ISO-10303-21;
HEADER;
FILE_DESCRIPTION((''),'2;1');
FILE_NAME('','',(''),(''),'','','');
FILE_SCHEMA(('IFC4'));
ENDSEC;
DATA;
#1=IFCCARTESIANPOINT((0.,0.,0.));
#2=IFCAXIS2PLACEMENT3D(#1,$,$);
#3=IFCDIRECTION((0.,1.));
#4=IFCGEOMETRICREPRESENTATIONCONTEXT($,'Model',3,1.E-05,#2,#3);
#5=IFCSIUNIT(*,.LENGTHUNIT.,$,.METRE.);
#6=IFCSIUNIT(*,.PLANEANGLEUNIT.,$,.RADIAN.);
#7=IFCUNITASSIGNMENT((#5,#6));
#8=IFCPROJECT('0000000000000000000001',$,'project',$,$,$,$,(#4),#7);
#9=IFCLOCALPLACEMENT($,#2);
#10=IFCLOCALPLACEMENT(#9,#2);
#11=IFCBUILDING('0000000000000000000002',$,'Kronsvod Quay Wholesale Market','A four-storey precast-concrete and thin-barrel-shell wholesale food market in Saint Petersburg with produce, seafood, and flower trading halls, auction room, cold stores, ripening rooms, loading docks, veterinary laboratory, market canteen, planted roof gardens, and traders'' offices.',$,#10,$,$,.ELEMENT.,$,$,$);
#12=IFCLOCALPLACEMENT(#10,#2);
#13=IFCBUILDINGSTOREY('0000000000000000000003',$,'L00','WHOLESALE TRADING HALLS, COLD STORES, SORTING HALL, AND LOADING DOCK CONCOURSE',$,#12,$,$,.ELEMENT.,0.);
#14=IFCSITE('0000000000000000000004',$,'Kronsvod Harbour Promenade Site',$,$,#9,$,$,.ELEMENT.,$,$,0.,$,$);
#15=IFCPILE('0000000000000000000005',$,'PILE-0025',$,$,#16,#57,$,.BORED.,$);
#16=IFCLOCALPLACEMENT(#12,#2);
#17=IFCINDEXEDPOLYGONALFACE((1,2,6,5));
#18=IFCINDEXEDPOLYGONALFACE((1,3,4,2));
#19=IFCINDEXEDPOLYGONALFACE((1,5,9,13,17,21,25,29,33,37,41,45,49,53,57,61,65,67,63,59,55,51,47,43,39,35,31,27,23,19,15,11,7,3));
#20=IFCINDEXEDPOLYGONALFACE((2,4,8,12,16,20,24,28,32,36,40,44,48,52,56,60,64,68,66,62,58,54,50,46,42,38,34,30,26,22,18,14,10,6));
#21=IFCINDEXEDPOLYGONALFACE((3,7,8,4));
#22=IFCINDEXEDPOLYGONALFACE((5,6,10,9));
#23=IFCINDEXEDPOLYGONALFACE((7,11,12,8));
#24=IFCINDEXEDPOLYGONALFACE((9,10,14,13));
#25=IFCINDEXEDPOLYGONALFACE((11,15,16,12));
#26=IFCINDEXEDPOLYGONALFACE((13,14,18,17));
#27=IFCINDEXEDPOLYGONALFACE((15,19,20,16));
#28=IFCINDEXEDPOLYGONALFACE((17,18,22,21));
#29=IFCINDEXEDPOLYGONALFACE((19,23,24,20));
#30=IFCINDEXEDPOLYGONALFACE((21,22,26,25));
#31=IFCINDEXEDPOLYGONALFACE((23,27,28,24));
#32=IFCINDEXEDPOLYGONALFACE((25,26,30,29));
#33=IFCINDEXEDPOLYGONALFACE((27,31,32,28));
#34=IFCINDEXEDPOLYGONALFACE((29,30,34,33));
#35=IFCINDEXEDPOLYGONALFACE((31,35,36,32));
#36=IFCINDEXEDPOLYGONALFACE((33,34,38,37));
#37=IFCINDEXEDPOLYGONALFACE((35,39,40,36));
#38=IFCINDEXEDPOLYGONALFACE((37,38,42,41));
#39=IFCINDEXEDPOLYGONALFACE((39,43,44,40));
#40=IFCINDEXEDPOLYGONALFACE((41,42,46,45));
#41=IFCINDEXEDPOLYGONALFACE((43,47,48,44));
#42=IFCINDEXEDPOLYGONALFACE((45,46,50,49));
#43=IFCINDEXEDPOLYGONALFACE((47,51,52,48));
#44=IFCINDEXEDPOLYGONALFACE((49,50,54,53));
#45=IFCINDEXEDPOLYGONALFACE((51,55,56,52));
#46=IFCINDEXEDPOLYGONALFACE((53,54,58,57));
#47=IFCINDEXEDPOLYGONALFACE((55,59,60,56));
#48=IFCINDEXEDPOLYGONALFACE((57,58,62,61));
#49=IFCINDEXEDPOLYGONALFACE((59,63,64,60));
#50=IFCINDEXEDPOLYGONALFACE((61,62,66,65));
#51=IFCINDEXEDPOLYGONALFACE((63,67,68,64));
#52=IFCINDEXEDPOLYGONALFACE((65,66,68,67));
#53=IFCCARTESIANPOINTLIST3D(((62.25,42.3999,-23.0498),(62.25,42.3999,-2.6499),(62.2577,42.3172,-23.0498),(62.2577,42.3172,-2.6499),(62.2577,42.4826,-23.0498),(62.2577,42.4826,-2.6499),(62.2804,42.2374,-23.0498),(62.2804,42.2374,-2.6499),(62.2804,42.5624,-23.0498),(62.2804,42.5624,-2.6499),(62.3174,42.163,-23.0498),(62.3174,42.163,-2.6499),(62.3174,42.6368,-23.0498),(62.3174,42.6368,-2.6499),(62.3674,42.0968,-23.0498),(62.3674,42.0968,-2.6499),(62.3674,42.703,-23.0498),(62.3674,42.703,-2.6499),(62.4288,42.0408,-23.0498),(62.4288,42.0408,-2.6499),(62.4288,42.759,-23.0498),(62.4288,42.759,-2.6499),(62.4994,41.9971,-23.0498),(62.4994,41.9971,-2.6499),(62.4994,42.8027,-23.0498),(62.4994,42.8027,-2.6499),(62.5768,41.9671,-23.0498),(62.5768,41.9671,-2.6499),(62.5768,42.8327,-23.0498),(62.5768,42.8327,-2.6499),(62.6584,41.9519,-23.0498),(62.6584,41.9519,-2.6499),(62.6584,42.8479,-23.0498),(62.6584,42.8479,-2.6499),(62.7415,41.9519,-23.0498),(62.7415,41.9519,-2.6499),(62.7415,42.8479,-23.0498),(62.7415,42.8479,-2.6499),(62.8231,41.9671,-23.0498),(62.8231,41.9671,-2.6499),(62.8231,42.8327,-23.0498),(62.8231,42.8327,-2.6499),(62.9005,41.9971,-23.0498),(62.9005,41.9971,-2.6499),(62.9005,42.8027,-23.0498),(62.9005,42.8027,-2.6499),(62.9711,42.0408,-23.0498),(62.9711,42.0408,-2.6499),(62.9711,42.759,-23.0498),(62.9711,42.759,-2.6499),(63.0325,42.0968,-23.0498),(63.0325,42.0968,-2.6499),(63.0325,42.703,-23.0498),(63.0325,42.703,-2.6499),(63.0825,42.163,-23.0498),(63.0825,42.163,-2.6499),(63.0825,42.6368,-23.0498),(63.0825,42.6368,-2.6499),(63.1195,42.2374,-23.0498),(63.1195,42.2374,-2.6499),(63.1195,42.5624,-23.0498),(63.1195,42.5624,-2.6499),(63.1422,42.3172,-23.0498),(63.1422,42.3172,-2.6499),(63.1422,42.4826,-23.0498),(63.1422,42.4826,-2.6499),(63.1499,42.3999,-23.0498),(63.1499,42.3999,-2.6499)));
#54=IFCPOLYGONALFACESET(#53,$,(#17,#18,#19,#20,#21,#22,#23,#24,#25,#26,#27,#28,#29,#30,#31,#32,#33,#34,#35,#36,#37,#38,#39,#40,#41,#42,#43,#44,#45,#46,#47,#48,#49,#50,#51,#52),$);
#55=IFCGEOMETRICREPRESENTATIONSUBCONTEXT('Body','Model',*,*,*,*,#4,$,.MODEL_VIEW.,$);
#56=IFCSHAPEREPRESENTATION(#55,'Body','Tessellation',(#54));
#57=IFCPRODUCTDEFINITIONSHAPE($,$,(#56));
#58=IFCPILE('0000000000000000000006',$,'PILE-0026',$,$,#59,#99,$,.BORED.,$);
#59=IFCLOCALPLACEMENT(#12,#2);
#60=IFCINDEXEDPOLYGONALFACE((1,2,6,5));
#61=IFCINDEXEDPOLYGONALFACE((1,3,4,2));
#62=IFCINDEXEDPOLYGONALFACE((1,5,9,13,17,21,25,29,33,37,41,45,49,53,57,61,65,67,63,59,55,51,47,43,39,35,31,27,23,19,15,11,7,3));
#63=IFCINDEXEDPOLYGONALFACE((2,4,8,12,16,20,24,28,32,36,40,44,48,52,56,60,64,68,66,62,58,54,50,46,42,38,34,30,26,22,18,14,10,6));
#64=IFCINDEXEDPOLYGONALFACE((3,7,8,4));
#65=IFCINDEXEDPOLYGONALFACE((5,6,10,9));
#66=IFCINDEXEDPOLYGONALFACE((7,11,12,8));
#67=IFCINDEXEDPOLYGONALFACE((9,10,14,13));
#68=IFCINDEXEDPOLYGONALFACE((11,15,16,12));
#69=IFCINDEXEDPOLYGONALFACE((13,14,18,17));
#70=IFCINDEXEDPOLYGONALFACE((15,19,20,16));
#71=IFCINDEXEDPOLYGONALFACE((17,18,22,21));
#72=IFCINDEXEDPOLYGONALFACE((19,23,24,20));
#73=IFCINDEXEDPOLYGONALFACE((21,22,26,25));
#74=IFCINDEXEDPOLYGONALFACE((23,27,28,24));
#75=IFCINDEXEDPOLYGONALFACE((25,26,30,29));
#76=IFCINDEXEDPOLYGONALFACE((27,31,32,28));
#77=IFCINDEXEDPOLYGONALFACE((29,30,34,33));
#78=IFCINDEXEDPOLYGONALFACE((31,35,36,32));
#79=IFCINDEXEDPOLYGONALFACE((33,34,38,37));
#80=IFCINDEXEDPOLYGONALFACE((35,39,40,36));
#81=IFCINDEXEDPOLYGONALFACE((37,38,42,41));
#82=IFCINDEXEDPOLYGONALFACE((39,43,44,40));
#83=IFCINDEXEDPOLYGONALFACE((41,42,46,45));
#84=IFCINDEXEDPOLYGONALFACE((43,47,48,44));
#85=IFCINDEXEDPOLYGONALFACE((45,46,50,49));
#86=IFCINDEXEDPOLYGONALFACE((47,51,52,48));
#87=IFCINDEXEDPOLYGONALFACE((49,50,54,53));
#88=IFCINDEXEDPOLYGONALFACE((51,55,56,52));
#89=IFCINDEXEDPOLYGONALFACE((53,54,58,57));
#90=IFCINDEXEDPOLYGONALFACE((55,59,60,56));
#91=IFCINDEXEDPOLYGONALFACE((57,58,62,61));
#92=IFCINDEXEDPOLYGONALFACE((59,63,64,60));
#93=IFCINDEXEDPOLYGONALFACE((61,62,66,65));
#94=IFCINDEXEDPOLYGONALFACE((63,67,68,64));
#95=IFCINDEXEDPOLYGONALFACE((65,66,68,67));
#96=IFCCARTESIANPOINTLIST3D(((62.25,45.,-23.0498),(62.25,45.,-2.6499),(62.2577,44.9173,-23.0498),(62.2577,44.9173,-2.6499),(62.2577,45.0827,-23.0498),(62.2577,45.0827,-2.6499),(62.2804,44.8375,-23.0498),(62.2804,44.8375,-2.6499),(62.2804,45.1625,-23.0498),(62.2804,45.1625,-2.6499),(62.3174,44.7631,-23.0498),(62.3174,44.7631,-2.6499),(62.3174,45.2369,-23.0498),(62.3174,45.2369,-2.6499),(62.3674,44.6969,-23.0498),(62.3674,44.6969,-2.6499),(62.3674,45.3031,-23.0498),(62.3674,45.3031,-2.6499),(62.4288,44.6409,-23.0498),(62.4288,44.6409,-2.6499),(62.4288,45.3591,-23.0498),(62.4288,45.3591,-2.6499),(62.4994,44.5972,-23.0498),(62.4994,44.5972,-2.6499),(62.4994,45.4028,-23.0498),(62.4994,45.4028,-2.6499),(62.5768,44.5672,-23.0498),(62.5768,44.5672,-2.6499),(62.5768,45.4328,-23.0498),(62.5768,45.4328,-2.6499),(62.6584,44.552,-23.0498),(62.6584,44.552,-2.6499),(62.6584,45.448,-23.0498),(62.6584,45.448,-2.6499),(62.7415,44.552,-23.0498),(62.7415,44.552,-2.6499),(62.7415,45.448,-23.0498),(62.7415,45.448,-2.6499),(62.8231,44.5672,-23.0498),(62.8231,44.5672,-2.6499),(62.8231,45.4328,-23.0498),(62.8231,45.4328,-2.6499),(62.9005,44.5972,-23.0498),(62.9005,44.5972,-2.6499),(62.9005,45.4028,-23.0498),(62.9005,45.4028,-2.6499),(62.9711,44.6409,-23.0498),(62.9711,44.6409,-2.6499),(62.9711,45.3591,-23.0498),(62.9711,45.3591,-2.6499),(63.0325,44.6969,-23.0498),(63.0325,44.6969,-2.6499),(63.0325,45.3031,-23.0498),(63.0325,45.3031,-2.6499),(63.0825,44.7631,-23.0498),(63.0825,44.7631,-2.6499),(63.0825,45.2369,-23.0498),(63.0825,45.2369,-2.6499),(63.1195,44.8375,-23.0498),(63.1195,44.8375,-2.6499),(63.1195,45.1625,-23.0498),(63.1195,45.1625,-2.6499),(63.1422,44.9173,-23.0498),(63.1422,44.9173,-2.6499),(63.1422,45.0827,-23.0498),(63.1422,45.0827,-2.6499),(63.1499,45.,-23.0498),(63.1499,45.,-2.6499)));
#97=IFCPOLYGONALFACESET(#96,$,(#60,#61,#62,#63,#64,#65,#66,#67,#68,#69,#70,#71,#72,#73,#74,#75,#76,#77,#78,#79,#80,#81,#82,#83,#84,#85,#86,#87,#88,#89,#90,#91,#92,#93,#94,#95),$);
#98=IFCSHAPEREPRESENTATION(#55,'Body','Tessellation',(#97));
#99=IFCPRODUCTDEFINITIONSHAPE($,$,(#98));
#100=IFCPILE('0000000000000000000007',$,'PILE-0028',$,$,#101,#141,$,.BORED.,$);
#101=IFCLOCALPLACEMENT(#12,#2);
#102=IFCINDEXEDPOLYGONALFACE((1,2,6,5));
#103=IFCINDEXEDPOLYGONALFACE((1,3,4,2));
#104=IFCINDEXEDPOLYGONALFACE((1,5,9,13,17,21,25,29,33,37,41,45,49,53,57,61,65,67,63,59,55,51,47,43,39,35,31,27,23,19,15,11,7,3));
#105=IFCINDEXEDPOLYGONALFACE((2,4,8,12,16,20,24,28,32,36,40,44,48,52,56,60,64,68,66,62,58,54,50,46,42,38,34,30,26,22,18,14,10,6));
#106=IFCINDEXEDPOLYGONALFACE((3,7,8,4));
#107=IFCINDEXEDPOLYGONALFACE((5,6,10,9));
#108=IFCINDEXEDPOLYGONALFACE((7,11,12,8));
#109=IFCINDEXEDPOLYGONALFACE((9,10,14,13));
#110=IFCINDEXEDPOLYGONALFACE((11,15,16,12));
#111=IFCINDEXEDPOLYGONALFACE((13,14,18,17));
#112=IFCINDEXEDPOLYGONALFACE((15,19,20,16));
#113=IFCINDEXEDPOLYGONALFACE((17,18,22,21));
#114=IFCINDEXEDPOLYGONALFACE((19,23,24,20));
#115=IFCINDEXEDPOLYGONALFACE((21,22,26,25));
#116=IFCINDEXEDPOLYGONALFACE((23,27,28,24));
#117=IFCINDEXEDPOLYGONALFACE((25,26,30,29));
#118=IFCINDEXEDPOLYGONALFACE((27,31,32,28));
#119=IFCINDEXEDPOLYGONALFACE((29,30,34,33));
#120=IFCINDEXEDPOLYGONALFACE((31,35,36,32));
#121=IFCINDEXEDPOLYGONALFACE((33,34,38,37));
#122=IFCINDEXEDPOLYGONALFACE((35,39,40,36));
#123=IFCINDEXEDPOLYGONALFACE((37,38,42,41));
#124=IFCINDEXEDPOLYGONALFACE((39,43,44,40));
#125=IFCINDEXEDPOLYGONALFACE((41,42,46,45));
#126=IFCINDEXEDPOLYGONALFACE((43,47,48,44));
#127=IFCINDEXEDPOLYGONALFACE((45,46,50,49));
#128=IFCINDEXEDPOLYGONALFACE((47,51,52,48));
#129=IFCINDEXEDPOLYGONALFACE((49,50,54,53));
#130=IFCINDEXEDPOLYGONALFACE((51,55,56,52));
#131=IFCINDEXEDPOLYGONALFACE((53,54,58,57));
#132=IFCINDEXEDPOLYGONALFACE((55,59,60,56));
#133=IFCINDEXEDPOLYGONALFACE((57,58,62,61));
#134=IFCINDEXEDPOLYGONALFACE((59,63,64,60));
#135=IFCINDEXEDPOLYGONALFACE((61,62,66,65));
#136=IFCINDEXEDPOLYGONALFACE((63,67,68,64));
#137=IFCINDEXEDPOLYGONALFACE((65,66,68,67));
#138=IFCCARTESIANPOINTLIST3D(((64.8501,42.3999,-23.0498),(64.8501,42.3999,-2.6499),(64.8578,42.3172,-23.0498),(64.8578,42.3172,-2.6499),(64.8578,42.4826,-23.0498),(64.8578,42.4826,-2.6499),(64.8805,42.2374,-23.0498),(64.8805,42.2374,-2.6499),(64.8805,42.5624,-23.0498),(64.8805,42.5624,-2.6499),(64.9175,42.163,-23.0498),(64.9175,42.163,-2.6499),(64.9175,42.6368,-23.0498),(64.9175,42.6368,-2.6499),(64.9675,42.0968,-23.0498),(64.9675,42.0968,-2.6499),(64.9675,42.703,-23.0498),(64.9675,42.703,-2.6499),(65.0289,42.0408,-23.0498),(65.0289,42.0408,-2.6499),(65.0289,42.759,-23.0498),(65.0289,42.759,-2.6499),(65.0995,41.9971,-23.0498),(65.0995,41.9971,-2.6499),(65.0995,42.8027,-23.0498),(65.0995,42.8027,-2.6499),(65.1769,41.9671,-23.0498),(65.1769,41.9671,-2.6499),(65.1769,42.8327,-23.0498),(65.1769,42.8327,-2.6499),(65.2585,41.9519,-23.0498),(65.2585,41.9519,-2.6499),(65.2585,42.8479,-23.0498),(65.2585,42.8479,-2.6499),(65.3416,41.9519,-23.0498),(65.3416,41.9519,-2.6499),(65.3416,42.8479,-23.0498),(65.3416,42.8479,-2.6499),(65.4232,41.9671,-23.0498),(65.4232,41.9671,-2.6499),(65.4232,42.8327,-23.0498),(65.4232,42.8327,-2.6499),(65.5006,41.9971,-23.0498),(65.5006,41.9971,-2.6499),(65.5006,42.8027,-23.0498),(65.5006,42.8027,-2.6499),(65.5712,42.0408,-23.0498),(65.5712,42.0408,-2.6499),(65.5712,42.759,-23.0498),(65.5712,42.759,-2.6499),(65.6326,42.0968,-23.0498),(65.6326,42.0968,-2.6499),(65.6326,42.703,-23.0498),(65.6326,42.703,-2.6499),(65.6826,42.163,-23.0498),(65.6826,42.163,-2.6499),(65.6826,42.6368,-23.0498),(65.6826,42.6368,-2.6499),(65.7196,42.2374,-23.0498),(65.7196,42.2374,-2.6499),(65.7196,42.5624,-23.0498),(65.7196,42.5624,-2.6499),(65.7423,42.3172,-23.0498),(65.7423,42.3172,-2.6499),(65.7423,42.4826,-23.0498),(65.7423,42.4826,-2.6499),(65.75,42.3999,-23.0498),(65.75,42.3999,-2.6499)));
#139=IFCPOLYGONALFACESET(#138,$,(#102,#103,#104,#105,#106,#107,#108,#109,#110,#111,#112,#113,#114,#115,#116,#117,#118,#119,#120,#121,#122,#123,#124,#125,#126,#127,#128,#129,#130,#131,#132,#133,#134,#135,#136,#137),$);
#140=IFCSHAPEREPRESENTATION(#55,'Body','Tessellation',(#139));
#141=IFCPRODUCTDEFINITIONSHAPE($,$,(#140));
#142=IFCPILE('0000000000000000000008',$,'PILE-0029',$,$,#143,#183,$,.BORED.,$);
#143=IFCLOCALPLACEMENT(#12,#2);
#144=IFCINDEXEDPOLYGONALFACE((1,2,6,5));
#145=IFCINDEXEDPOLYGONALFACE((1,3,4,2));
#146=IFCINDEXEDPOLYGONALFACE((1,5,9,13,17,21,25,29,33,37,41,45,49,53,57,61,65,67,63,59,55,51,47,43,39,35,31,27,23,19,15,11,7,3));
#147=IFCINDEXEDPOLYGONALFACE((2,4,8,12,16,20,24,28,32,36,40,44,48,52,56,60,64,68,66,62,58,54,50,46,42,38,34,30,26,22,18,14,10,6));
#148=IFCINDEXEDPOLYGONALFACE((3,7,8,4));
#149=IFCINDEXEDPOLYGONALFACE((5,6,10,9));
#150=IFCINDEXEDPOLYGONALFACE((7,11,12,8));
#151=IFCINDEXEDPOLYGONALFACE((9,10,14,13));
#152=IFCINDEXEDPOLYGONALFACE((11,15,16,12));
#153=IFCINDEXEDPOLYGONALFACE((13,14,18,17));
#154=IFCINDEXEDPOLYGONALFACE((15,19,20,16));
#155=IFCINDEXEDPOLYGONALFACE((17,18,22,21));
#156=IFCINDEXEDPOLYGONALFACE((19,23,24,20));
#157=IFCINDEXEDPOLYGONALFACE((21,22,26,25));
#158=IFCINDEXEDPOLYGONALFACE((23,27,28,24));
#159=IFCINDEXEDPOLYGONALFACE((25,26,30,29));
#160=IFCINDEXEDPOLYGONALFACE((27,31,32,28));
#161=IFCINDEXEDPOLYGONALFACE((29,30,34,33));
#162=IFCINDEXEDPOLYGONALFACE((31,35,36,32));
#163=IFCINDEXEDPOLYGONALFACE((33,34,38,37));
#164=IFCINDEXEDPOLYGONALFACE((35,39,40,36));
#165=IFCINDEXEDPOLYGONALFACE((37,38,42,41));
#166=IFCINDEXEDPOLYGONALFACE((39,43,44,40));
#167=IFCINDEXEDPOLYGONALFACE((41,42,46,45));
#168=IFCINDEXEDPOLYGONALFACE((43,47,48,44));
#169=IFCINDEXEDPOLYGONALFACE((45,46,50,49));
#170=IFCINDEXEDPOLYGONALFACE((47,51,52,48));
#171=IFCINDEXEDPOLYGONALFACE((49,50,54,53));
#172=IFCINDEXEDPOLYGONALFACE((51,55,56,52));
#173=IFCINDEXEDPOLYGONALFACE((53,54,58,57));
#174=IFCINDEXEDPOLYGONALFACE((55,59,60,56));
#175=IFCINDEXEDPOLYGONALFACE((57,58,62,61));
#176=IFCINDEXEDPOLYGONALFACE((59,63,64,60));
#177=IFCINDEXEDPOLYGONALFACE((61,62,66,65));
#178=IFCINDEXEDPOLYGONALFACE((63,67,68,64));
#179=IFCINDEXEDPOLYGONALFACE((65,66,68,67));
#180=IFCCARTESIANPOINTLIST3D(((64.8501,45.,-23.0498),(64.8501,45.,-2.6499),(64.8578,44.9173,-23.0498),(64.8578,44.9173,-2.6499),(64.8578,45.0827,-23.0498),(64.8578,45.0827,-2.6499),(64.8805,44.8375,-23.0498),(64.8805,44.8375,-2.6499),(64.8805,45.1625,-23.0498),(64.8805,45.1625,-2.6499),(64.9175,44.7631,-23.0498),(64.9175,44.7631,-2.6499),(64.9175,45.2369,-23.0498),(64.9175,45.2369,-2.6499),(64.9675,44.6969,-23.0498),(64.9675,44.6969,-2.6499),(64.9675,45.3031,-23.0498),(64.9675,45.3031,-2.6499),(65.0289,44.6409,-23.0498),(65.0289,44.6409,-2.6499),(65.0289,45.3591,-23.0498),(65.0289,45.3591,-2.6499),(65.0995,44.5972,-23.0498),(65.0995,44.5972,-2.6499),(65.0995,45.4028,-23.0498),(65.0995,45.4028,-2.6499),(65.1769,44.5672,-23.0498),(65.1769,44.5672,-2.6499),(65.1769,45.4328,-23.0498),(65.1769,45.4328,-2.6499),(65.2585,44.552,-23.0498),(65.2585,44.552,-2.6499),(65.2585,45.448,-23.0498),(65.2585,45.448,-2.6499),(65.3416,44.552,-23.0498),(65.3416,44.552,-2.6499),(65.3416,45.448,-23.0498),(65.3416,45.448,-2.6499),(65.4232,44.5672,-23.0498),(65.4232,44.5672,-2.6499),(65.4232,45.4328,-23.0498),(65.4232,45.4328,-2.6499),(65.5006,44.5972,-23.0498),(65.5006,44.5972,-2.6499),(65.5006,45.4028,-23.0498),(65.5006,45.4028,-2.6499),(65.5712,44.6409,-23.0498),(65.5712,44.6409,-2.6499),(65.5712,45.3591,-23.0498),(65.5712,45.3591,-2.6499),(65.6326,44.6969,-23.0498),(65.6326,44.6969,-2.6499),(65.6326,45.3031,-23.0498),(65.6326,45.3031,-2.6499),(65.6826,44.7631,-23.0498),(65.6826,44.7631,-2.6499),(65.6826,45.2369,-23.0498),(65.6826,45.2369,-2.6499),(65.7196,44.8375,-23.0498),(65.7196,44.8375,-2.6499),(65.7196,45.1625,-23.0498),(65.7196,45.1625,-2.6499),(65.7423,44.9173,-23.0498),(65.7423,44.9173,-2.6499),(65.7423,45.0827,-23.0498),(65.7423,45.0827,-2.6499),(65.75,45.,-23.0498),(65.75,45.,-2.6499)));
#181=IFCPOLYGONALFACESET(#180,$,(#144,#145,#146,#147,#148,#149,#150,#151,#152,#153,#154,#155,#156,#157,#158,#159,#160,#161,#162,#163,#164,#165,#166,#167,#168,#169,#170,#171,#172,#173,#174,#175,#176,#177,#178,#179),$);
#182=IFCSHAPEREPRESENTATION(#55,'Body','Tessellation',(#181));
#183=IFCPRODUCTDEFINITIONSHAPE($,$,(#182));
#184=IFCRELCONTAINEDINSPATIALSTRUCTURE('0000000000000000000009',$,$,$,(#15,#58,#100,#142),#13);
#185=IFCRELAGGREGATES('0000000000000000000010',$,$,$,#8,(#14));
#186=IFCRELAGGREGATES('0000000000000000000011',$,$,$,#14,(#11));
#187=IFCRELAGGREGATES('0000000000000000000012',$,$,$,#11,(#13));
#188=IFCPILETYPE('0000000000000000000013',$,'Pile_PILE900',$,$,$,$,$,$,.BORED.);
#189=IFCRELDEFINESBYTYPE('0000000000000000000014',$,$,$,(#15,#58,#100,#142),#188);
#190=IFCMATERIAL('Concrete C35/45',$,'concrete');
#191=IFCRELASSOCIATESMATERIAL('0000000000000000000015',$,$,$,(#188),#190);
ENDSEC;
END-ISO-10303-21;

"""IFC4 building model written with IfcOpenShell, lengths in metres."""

from ifc_helpers import new_model, si_unit, direction, frame, origin, origin_2d, place, context, subcontext, project, spatial, circle, extrude, material, material_profile, profile_set, type_object, element, save


model = new_model("IFC4")

# Units and contexts
model_context = context("Model", 3, precision=1e-05, world=origin(), true_north=direction((0.0, 1.0)))
body_context = subcontext(model_context, "Body", "Model", "MODEL_VIEW")
ifc_project = project(units=[si_unit("LENGTHUNIT", "METRE"), si_unit("PLANEANGLEUNIT", "RADIAN")], contexts=[model_context])

# Site, building, storey
site_placement = place(None, origin())
site = spatial("IfcSite", under=ifc_project, at=site_placement, Name="Kronsvod Harbour Promenade Site", CompositionType="ELEMENT", RefElevation=0.0)
building_placement = place(site_placement, origin())
building = spatial("IfcBuilding", under=site, at=building_placement, Name="Kronsvod Quay Wholesale Market", Description="A four-storey precast-concrete and thin-barrel-shell wholesale food market in Saint Petersburg with produce, seafood, and flower trading halls, auction room, cold stores, ripening rooms, loading docks, veterinary laboratory, market canteen, planted roof gardens, and traders' offices.", CompositionType="ELEMENT")
storey_placement = place(building_placement, origin())
storey = spatial("IfcBuildingStorey", under=building, at=storey_placement, Name="L00", Description="WHOLESALE TRADING HALLS, COLD STORES, SORTING HALL, AND LOADING DOCK CONCOURSE", CompositionType="ELEMENT", Elevation=0.0)

# Piles
ifc_material_1 = material(Name="Concrete C35/45", Category="concrete")
ifc_material_profile_1 = material_profile(ifc_material_1, circle(Radius=0.45, at=origin_2d()), Name="PILE900")
ifc_profile_set_1 = profile_set([ifc_material_profile_1], Name="Concrete C35/45")
pile_type = type_object("IfcPileType", Name="Pile_PILE900", PredefinedType="BORED", material=ifc_profile_set_1)
for number, where, z_axis, x_axis, name in (
    (1, (62.7, 42.3999, -2.6499), (0.0, 0.0, -1.0), (1.0, 0.0, 0.0), "PILE-0025"),
    (2, (62.7, 45.0, -2.6499), (0.0, 0.0, -1.0), (1.0, 0.0, 0.0), "PILE-0026"),
    (3, (65.3, 42.3999, -2.6499), (0.0, 0.0, -1.0), (1.0, 0.0, 0.0), "PILE-0028"),
    (4, (65.3, 45.0, -2.6499), (0.0, 0.0, -1.0), (1.0, 0.0, 0.0), "PILE-0029"),
):
    element("IfcPile", number, at=place(storey_placement, frame(where, z_axis=z_axis, x_axis=x_axis)), inside=storey, type_object=pile_type, Name=name, PredefinedType="BORED", context=body_context, shape_type="SweptSolid", body=[
        extrude(circle(Radius=0.45, at=origin_2d()), origin(), (0.0, 0.0, 1.0), 20.3999),
    ])

save(model, "model.ifc")
